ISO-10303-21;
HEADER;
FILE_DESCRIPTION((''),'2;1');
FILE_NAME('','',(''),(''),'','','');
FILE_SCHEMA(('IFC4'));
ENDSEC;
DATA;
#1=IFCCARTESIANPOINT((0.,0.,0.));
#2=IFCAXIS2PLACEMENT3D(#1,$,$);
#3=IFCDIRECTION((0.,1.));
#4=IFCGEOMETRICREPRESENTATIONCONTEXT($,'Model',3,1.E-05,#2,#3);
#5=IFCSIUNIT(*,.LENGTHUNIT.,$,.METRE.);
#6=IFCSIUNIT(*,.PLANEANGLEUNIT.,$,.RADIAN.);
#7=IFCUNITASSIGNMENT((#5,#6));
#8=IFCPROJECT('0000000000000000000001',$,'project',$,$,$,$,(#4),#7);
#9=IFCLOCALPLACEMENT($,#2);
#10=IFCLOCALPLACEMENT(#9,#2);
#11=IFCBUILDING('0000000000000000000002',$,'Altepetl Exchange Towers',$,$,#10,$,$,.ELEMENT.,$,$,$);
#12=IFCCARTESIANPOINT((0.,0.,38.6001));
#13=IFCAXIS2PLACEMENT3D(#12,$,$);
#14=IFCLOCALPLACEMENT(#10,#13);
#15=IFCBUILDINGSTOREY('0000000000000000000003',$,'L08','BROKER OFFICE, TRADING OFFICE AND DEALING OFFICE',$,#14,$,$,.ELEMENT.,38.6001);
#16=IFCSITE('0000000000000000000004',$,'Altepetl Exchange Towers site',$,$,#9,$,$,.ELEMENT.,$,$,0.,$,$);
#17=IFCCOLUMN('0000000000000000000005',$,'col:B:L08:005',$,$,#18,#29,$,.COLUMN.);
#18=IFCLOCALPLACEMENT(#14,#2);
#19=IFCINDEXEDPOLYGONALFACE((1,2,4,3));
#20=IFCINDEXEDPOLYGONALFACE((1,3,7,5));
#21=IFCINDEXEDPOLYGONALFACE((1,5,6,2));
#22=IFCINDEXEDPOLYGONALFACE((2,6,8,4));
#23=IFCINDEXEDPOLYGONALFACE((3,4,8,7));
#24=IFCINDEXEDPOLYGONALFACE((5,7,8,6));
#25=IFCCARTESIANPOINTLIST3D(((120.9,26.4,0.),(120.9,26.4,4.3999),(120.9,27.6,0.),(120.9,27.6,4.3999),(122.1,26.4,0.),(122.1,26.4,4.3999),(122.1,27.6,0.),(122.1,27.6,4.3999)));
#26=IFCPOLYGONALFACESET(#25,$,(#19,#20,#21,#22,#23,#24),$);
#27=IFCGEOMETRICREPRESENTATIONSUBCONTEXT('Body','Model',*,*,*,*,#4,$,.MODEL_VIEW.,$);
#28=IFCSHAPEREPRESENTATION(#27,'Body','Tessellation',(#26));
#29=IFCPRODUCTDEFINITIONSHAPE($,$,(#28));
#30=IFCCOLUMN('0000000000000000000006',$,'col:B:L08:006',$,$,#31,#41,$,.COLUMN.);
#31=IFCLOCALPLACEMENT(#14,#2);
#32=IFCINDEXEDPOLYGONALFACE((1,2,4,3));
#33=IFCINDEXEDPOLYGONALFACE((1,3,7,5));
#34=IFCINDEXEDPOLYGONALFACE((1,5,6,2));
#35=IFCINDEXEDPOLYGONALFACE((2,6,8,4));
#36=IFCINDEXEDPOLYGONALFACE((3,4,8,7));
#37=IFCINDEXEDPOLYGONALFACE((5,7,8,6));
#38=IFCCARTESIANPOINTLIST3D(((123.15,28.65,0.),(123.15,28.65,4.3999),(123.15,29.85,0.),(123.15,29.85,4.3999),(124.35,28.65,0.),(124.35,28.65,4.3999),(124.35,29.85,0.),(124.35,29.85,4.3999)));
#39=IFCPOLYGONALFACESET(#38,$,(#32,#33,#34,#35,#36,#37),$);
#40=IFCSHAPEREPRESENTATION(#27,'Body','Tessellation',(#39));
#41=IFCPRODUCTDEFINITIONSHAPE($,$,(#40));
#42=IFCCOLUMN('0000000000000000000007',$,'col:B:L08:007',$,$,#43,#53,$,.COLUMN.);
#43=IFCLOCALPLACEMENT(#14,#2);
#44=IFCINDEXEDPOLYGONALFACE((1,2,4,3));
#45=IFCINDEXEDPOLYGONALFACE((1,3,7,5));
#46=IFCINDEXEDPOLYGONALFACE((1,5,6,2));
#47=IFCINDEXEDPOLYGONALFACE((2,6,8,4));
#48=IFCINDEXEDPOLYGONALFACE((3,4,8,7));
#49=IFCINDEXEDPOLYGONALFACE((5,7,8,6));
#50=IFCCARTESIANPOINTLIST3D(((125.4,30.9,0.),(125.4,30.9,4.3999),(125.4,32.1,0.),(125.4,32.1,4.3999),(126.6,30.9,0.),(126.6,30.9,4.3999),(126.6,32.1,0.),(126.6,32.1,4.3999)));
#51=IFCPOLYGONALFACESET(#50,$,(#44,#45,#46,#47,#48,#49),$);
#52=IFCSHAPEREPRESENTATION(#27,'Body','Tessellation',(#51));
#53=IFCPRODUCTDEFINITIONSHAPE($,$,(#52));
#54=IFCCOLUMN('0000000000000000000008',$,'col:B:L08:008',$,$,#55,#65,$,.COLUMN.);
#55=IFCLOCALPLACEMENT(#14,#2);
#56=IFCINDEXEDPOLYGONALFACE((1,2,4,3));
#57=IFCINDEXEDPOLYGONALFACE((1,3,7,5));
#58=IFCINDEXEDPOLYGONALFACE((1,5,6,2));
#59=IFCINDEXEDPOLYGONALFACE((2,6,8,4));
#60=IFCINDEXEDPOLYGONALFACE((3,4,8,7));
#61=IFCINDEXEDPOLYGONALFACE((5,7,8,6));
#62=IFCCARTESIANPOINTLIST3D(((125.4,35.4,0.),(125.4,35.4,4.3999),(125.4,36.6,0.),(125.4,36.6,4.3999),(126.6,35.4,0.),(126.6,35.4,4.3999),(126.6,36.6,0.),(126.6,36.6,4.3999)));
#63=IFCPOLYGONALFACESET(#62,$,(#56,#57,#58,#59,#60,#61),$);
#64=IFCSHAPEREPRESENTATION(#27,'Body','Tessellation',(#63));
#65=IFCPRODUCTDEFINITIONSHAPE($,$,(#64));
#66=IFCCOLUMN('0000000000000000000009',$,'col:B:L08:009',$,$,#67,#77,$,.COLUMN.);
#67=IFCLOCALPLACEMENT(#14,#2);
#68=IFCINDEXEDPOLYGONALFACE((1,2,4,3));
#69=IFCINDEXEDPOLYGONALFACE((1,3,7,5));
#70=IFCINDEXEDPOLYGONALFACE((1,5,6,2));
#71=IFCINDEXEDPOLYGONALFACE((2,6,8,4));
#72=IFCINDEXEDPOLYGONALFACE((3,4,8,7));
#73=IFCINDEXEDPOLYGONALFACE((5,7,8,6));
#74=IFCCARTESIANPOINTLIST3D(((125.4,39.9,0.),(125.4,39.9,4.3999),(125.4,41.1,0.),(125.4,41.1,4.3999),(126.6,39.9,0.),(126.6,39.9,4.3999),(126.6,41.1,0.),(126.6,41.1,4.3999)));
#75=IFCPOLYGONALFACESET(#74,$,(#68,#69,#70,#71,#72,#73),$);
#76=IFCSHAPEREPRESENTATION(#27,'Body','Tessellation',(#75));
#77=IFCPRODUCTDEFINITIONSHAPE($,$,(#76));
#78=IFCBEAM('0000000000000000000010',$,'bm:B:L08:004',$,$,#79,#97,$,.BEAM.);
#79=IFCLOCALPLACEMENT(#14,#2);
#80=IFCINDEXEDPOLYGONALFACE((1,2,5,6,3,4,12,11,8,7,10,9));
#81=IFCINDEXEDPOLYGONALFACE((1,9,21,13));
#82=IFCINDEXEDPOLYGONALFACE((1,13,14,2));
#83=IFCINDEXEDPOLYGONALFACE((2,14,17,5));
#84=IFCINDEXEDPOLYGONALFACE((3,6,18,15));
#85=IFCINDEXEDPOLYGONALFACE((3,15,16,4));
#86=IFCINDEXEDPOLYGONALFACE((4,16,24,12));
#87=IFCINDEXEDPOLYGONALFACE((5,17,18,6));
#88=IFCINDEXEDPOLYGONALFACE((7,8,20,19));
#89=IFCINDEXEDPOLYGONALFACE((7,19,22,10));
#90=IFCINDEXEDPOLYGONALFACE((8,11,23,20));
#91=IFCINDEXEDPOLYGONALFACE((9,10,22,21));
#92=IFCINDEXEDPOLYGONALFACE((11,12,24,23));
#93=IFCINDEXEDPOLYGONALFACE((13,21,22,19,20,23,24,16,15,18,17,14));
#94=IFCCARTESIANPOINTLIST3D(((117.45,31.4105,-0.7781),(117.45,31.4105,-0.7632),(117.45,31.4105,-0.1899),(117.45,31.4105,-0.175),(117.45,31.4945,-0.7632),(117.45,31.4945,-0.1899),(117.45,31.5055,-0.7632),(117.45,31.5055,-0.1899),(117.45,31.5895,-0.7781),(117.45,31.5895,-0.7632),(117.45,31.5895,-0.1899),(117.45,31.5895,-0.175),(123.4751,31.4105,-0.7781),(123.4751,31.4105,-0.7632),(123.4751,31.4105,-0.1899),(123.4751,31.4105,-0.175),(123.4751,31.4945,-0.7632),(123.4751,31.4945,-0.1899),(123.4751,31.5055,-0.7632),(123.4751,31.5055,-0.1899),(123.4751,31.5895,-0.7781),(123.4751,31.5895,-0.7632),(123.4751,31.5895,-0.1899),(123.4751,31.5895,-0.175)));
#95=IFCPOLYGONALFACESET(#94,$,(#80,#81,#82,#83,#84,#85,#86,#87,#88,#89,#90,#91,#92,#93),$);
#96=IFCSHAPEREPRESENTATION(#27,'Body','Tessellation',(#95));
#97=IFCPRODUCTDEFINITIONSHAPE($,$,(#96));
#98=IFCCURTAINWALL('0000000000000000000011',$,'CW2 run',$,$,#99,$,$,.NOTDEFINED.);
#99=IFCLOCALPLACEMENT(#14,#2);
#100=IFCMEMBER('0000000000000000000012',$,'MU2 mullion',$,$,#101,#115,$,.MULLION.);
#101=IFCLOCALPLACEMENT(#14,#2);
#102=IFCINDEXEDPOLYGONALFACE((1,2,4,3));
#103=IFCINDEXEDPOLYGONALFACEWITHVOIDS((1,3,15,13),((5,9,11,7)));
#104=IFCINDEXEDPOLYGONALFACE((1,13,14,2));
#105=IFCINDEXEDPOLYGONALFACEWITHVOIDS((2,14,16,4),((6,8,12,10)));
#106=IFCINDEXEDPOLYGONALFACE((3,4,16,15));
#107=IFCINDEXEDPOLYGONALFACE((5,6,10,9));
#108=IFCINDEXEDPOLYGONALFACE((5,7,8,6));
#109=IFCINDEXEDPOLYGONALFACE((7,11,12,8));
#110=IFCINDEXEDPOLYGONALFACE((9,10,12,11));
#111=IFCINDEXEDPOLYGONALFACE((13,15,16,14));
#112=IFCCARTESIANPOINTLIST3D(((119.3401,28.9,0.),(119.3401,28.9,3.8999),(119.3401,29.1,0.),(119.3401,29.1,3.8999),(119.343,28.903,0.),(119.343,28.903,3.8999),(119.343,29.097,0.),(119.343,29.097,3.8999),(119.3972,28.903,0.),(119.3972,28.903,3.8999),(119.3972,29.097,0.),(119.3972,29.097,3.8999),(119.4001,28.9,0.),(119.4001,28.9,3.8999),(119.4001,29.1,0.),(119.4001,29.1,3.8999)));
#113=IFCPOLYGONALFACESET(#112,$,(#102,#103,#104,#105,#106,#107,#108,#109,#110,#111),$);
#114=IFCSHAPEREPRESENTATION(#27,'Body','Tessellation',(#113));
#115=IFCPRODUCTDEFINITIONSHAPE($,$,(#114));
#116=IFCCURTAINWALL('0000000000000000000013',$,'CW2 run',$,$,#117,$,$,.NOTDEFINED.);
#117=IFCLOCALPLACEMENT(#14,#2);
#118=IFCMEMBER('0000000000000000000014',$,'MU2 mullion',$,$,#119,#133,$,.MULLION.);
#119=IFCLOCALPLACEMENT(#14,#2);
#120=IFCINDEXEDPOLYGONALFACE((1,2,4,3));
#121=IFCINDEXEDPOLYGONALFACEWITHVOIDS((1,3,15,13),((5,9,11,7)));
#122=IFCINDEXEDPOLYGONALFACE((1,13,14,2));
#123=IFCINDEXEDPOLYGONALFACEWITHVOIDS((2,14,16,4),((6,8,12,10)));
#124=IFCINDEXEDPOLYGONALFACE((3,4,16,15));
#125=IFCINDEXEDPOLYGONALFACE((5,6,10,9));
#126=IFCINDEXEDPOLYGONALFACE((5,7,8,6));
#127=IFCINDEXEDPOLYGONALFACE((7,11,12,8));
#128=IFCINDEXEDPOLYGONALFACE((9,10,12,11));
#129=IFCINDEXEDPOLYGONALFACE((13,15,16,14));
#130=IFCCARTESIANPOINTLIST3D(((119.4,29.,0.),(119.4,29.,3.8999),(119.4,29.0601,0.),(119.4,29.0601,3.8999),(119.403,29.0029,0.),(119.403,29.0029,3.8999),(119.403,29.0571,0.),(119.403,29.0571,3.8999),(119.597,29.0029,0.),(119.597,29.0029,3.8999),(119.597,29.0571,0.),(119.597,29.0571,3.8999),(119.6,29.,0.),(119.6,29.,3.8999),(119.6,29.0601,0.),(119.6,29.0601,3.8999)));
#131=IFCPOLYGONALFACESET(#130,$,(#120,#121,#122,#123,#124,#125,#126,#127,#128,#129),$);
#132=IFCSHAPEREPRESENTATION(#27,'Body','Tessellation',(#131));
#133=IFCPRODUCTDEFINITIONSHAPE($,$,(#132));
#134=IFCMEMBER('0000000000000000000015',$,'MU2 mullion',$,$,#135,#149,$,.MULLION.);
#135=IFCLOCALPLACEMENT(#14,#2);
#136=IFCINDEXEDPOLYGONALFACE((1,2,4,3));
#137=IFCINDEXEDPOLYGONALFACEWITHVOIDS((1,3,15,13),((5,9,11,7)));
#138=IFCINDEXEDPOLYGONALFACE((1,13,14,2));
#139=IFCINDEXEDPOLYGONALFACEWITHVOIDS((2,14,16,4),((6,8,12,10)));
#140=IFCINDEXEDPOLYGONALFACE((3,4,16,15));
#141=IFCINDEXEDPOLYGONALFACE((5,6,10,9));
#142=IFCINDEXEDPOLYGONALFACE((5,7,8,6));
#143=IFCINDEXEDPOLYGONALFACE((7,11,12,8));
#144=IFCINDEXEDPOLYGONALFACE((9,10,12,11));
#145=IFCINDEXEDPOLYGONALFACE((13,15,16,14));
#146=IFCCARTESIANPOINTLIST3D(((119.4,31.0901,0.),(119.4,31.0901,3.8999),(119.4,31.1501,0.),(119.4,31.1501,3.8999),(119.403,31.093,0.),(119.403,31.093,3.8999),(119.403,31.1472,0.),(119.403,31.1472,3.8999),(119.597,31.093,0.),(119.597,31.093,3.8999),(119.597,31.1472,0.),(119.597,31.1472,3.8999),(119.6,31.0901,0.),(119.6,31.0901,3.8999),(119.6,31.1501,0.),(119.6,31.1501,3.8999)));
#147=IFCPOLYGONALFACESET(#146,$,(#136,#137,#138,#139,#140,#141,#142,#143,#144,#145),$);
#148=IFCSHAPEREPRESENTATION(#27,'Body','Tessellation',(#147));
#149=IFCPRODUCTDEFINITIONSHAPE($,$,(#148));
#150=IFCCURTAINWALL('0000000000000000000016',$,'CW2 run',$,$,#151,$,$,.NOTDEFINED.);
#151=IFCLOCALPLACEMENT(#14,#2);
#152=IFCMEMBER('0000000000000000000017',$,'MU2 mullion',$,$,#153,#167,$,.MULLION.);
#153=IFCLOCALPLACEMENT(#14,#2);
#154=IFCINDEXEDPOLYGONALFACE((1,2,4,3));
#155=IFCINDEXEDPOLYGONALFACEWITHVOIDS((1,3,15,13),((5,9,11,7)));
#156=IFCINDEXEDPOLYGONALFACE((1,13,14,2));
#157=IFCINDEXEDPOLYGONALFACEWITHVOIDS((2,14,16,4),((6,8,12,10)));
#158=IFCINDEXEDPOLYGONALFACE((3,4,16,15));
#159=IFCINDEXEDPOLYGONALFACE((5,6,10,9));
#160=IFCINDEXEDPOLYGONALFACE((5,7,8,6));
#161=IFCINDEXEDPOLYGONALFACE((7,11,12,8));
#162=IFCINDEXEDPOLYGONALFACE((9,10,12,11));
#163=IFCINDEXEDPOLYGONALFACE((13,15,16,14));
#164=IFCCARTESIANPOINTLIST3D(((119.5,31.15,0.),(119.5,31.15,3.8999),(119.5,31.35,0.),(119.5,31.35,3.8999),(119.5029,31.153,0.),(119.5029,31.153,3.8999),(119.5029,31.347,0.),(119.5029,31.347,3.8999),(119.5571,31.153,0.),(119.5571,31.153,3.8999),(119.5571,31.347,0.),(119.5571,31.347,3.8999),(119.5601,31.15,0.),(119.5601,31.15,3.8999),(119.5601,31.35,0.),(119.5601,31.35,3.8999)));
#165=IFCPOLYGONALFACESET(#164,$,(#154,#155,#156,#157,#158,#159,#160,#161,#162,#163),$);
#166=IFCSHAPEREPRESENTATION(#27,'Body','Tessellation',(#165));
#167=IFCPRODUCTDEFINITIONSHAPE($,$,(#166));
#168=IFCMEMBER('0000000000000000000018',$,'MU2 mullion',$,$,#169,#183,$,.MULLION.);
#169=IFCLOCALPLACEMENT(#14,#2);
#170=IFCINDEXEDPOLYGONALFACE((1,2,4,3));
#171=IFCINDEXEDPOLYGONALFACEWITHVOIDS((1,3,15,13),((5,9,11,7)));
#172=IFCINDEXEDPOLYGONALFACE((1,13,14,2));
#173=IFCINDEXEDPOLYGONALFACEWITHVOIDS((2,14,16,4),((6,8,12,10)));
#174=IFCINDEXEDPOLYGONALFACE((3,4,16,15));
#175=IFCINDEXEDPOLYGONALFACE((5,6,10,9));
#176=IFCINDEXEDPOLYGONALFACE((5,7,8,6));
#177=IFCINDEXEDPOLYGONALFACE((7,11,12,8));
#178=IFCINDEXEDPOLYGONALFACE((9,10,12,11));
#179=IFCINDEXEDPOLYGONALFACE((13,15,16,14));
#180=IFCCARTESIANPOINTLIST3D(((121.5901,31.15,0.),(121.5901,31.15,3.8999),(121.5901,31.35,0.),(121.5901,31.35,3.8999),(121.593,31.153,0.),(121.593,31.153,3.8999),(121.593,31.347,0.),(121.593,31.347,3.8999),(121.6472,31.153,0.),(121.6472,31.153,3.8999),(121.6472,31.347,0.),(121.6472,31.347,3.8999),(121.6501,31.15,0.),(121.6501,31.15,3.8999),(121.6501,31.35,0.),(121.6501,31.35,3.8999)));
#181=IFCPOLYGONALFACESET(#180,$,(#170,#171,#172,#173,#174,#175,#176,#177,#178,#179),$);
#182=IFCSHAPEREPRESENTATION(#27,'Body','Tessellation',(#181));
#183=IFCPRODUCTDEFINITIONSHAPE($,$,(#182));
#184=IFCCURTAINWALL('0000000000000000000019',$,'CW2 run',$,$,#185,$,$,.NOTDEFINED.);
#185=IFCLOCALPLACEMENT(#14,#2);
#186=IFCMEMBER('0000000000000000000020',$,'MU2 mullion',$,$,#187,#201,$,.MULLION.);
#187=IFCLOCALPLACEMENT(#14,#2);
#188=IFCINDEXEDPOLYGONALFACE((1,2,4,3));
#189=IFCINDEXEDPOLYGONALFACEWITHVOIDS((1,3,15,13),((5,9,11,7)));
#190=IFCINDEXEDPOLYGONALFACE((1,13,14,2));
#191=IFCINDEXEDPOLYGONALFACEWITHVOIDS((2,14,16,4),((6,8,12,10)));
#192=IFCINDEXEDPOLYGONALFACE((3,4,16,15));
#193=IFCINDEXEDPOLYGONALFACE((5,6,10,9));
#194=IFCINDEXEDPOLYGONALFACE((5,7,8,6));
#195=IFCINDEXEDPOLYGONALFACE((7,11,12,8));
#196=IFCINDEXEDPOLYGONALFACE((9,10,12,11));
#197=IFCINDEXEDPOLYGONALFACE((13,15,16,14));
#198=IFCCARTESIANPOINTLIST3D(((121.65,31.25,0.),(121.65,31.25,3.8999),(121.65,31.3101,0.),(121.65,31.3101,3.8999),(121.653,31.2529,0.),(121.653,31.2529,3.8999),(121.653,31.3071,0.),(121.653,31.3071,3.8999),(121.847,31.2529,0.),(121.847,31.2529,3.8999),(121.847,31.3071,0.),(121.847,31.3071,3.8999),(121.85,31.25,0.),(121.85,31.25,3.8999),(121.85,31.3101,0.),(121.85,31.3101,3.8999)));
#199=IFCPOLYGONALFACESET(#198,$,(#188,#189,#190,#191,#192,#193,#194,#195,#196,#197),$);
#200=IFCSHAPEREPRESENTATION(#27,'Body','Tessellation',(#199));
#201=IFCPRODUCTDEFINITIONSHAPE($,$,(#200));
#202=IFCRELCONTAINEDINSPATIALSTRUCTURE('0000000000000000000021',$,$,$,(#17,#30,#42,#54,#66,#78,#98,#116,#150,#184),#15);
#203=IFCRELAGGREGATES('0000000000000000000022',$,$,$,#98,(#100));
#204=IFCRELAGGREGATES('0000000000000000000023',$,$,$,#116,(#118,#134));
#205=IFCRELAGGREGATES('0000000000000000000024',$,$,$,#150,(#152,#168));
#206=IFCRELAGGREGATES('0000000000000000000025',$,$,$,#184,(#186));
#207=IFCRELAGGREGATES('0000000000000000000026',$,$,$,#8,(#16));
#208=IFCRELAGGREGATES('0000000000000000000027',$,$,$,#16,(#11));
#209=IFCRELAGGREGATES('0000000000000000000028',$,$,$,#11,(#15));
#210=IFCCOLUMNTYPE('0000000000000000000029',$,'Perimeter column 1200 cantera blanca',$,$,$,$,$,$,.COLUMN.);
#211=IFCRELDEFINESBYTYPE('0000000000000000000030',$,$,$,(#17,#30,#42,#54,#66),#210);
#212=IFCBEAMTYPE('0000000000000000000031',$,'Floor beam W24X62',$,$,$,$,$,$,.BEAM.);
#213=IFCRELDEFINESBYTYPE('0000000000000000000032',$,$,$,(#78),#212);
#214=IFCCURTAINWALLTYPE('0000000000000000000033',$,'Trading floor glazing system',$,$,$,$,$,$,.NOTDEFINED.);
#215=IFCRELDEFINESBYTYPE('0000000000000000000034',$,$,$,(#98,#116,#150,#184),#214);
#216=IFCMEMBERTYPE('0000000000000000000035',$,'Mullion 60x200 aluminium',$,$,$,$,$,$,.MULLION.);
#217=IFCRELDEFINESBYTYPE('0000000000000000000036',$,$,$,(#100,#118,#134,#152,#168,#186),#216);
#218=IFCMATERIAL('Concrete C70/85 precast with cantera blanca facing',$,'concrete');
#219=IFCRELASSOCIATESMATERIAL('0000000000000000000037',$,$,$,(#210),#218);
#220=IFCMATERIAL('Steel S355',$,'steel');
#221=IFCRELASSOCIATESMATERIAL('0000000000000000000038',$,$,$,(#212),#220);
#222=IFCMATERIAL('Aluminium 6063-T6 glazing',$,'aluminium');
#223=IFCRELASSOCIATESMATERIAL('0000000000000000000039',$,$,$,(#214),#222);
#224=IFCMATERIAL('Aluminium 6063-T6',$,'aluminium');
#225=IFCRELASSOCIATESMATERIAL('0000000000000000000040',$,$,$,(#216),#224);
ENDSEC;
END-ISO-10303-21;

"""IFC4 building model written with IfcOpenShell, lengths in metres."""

from ifc_helpers import new_model, si_unit, direction, frame, origin, origin_2d, place, context, subcontext, project, spatial, rectangle, hollow_rectangle, i_section, extrude, material, material_profile, profile_set, type_object, element, aggregate, save


model = new_model("IFC4")

# Units and contexts
model_context = context("Model", 3, precision=1e-05, world=origin(), true_north=direction((0.0, 1.0)))
body_context = subcontext(model_context, "Body", "Model", "MODEL_VIEW")
ifc_project = project(units=[si_unit("LENGTHUNIT", "METRE"), si_unit("PLANEANGLEUNIT", "RADIAN")], contexts=[model_context])

# Site, building, storey
site_placement = place(None, origin())
site = spatial("IfcSite", under=ifc_project, at=site_placement, Name="Altepetl Exchange Towers site", CompositionType="ELEMENT", RefElevation=0.0)
building_placement = place(site_placement, origin())
building = spatial("IfcBuilding", under=site, at=building_placement, Name="Altepetl Exchange Towers", CompositionType="ELEMENT")
storey_placement = place(building_placement, frame((0.0, 0.0, 38.6001)))
storey = spatial("IfcBuildingStorey", under=building, at=storey_placement, Name="L08", Description="BROKER OFFICE, TRADING OFFICE AND DEALING OFFICE", CompositionType="ELEMENT", Elevation=38.6001)

# Columns
ifc_material_1 = material(Name="Concrete C70/85 precast with cantera blanca facing", Category="concrete")
ifc_material_profile_1 = material_profile(ifc_material_1, rectangle(XDim=1.2, YDim=1.2, at=origin_2d()), Name="1200 x 1200")
ifc_profile_set_1 = profile_set([ifc_material_profile_1], Name="Concrete C70/85 precast with cantera blanca facing")
column_type = type_object("IfcColumnType", Name="Perimeter column 1200 cantera blanca", PredefinedType="COLUMN", material=ifc_profile_set_1)
for number, where, name in (
    (1, (121.5, 27.0, 0.0), "col:B:L08:005"),
    (2, (123.75, 29.25, 0.0), "col:B:L08:006"),
    (3, (126.0, 31.5, 0.0), "col:B:L08:007"),
    (4, (126.0, 36.0, 0.0), "col:B:L08:008"),
    (5, (126.0, 40.5, 0.0), "col:B:L08:009"),
):
    element("IfcColumn", number, at=place(storey_placement, frame(where)), inside=storey, type_object=column_type, Name=name, PredefinedType="COLUMN", context=body_context, shape_type="SweptSolid", body=[
        extrude(rectangle(XDim=1.2, YDim=1.2, at=origin_2d()), origin(), (0.0, 0.0, 1.0), 4.3999),
    ])

# Beam
ifc_material_2 = material(Name="Steel S355", Category="steel")
ifc_material_profile_2 = material_profile(ifc_material_2, i_section(OverallWidth=0.179, OverallDepth=0.603, WebThickness=0.011, FlangeThickness=0.0149, at=origin_2d()), Name="W24X62")
ifc_profile_set_2 = profile_set([ifc_material_profile_2], Name="Steel S355")
beam_type_1 = type_object("IfcBeamType", Name="Floor beam W24X62", PredefinedType="BEAM", material=ifc_profile_set_2)
beam_1_placement = place(storey_placement, frame((117.45, 31.5, -0.4766), z_axis=(1.0, 0.0, 0.0), x_axis=(0.0, 1.0, 0.0)))
element("IfcBeam", 6, at=beam_1_placement, inside=storey, type_object=beam_type_1, Name="bm:B:L08:004", PredefinedType="BEAM", context=body_context, shape_type="SweptSolid", body=[
    extrude(i_section(OverallWidth=0.179, OverallDepth=0.603, WebThickness=0.011, FlangeThickness=0.0149, at=origin_2d()), origin(), (0.0, 0.0, 1.0), 6.0251),
])

# Curtain wall, member
ifc_material_3 = material(Name="Aluminium 6063-T6 glazing", Category="aluminium")
curtain_wall_type = type_object("IfcCurtainWallType", Name="Trading floor glazing system", PredefinedType="NOTDEFINED", material=ifc_material_3)
curtain_wall_1_placement = place(storey_placement, origin())
curtain_wall_1 = element("IfcCurtainWall", 7, at=curtain_wall_1_placement, inside=storey, type_object=curtain_wall_type, Name="CW2 run", PredefinedType="NOTDEFINED")
ifc_material_4 = material(Name="Aluminium 6063-T6", Category="aluminium")
ifc_material_profile_3 = material_profile(ifc_material_4, hollow_rectangle(XDim=0.0601, YDim=0.2, WallThickness=0.0029, at=origin_2d()), Name="Mullion 60x200 aluminium")
ifc_profile_set_3 = profile_set([ifc_material_profile_3], Name="Aluminium 6063-T6")
member_type = type_object("IfcMemberType", Name="Mullion 60x200 aluminium", PredefinedType="MULLION", material=ifc_profile_set_3)
member_1_placement = place(storey_placement, frame((119.3701, 29.0, 0.0)))
member_1 = element("IfcMember", 8, at=member_1_placement, type_object=member_type, Name="MU2 mullion", PredefinedType="MULLION", context=body_context, shape_type="SweptSolid", body=[
    extrude(hollow_rectangle(XDim=0.0601, YDim=0.2, WallThickness=0.0029, at=origin_2d()), origin(), (0.0, 0.0, 1.0), 3.8999),
])

# Curtain walls, members
curtain_wall_2_placement = place(storey_placement, origin())
curtain_wall_2 = element("IfcCurtainWall", 9, at=curtain_wall_2_placement, inside=storey, type_object=curtain_wall_type, Name="CW2 run", PredefinedType="NOTDEFINED")
member_2_placement = place(storey_placement, frame((119.5, 29.03, 0.0), z_axis=(0.0, 0.0, 1.0), x_axis=(0.0, 1.0, 0.0)))
member_2 = element("IfcMember", 10, at=member_2_placement, type_object=member_type, Name="MU2 mullion", PredefinedType="MULLION", context=body_context, shape_type="SweptSolid", body=[
    extrude(hollow_rectangle(XDim=0.0601, YDim=0.2, WallThickness=0.0029, at=origin_2d()), origin(), (0.0, 0.0, 1.0), 3.8999),
])
member_3_placement = place(storey_placement, frame((119.5, 31.1201, 0.0), z_axis=(0.0, 0.0, 1.0), x_axis=(0.0, 1.0, 0.0)))
member_3 = element("IfcMember", 11, at=member_3_placement, type_object=member_type, Name="MU2 mullion", PredefinedType="MULLION", context=body_context, shape_type="SweptSolid", body=[
    extrude(hollow_rectangle(XDim=0.0601, YDim=0.2, WallThickness=0.0029, at=origin_2d()), origin(), (0.0, 0.0, 1.0), 3.8999),
])
curtain_wall_3_placement = place(storey_placement, origin())
curtain_wall_3 = element("IfcCurtainWall", 12, at=curtain_wall_3_placement, inside=storey, type_object=curtain_wall_type, Name="CW2 run", PredefinedType="NOTDEFINED")
member_4_placement = place(storey_placement, frame((119.53, 31.25, 0.0)))
member_4 = element("IfcMember", 13, at=member_4_placement, type_object=member_type, Name="MU2 mullion", PredefinedType="MULLION", context=body_context, shape_type="SweptSolid", body=[
    extrude(hollow_rectangle(XDim=0.0601, YDim=0.2, WallThickness=0.0029, at=origin_2d()), origin(), (0.0, 0.0, 1.0), 3.8999),
])
member_5_placement = place(storey_placement, frame((121.6201, 31.25, 0.0)))
member_5 = element("IfcMember", 14, at=member_5_placement, type_object=member_type, Name="MU2 mullion", PredefinedType="MULLION", context=body_context, shape_type="SweptSolid", body=[
    extrude(hollow_rectangle(XDim=0.0601, YDim=0.2, WallThickness=0.0029, at=origin_2d()), origin(), (0.0, 0.0, 1.0), 3.8999),
])
curtain_wall_4_placement = place(storey_placement, origin())
curtain_wall_4 = element("IfcCurtainWall", 15, at=curtain_wall_4_placement, inside=storey, type_object=curtain_wall_type, Name="CW2 run", PredefinedType="NOTDEFINED")
member_6_placement = place(storey_placement, frame((121.75, 31.28, 0.0), z_axis=(0.0, 0.0, 1.0), x_axis=(0.0, 1.0, 0.0)))
member_6 = element("IfcMember", 16, at=member_6_placement, type_object=member_type, Name="MU2 mullion", PredefinedType="MULLION", context=body_context, shape_type="SweptSolid", body=[
    extrude(hollow_rectangle(XDim=0.0601, YDim=0.2, WallThickness=0.0029, at=origin_2d()), origin(), (0.0, 0.0, 1.0), 3.8999),
])

aggregate(curtain_wall_1, [member_1])
aggregate(curtain_wall_2, [member_2, member_3])
aggregate(curtain_wall_3, [member_4, member_5])
aggregate(curtain_wall_4, [member_6])

save(model, "model.ifc")
